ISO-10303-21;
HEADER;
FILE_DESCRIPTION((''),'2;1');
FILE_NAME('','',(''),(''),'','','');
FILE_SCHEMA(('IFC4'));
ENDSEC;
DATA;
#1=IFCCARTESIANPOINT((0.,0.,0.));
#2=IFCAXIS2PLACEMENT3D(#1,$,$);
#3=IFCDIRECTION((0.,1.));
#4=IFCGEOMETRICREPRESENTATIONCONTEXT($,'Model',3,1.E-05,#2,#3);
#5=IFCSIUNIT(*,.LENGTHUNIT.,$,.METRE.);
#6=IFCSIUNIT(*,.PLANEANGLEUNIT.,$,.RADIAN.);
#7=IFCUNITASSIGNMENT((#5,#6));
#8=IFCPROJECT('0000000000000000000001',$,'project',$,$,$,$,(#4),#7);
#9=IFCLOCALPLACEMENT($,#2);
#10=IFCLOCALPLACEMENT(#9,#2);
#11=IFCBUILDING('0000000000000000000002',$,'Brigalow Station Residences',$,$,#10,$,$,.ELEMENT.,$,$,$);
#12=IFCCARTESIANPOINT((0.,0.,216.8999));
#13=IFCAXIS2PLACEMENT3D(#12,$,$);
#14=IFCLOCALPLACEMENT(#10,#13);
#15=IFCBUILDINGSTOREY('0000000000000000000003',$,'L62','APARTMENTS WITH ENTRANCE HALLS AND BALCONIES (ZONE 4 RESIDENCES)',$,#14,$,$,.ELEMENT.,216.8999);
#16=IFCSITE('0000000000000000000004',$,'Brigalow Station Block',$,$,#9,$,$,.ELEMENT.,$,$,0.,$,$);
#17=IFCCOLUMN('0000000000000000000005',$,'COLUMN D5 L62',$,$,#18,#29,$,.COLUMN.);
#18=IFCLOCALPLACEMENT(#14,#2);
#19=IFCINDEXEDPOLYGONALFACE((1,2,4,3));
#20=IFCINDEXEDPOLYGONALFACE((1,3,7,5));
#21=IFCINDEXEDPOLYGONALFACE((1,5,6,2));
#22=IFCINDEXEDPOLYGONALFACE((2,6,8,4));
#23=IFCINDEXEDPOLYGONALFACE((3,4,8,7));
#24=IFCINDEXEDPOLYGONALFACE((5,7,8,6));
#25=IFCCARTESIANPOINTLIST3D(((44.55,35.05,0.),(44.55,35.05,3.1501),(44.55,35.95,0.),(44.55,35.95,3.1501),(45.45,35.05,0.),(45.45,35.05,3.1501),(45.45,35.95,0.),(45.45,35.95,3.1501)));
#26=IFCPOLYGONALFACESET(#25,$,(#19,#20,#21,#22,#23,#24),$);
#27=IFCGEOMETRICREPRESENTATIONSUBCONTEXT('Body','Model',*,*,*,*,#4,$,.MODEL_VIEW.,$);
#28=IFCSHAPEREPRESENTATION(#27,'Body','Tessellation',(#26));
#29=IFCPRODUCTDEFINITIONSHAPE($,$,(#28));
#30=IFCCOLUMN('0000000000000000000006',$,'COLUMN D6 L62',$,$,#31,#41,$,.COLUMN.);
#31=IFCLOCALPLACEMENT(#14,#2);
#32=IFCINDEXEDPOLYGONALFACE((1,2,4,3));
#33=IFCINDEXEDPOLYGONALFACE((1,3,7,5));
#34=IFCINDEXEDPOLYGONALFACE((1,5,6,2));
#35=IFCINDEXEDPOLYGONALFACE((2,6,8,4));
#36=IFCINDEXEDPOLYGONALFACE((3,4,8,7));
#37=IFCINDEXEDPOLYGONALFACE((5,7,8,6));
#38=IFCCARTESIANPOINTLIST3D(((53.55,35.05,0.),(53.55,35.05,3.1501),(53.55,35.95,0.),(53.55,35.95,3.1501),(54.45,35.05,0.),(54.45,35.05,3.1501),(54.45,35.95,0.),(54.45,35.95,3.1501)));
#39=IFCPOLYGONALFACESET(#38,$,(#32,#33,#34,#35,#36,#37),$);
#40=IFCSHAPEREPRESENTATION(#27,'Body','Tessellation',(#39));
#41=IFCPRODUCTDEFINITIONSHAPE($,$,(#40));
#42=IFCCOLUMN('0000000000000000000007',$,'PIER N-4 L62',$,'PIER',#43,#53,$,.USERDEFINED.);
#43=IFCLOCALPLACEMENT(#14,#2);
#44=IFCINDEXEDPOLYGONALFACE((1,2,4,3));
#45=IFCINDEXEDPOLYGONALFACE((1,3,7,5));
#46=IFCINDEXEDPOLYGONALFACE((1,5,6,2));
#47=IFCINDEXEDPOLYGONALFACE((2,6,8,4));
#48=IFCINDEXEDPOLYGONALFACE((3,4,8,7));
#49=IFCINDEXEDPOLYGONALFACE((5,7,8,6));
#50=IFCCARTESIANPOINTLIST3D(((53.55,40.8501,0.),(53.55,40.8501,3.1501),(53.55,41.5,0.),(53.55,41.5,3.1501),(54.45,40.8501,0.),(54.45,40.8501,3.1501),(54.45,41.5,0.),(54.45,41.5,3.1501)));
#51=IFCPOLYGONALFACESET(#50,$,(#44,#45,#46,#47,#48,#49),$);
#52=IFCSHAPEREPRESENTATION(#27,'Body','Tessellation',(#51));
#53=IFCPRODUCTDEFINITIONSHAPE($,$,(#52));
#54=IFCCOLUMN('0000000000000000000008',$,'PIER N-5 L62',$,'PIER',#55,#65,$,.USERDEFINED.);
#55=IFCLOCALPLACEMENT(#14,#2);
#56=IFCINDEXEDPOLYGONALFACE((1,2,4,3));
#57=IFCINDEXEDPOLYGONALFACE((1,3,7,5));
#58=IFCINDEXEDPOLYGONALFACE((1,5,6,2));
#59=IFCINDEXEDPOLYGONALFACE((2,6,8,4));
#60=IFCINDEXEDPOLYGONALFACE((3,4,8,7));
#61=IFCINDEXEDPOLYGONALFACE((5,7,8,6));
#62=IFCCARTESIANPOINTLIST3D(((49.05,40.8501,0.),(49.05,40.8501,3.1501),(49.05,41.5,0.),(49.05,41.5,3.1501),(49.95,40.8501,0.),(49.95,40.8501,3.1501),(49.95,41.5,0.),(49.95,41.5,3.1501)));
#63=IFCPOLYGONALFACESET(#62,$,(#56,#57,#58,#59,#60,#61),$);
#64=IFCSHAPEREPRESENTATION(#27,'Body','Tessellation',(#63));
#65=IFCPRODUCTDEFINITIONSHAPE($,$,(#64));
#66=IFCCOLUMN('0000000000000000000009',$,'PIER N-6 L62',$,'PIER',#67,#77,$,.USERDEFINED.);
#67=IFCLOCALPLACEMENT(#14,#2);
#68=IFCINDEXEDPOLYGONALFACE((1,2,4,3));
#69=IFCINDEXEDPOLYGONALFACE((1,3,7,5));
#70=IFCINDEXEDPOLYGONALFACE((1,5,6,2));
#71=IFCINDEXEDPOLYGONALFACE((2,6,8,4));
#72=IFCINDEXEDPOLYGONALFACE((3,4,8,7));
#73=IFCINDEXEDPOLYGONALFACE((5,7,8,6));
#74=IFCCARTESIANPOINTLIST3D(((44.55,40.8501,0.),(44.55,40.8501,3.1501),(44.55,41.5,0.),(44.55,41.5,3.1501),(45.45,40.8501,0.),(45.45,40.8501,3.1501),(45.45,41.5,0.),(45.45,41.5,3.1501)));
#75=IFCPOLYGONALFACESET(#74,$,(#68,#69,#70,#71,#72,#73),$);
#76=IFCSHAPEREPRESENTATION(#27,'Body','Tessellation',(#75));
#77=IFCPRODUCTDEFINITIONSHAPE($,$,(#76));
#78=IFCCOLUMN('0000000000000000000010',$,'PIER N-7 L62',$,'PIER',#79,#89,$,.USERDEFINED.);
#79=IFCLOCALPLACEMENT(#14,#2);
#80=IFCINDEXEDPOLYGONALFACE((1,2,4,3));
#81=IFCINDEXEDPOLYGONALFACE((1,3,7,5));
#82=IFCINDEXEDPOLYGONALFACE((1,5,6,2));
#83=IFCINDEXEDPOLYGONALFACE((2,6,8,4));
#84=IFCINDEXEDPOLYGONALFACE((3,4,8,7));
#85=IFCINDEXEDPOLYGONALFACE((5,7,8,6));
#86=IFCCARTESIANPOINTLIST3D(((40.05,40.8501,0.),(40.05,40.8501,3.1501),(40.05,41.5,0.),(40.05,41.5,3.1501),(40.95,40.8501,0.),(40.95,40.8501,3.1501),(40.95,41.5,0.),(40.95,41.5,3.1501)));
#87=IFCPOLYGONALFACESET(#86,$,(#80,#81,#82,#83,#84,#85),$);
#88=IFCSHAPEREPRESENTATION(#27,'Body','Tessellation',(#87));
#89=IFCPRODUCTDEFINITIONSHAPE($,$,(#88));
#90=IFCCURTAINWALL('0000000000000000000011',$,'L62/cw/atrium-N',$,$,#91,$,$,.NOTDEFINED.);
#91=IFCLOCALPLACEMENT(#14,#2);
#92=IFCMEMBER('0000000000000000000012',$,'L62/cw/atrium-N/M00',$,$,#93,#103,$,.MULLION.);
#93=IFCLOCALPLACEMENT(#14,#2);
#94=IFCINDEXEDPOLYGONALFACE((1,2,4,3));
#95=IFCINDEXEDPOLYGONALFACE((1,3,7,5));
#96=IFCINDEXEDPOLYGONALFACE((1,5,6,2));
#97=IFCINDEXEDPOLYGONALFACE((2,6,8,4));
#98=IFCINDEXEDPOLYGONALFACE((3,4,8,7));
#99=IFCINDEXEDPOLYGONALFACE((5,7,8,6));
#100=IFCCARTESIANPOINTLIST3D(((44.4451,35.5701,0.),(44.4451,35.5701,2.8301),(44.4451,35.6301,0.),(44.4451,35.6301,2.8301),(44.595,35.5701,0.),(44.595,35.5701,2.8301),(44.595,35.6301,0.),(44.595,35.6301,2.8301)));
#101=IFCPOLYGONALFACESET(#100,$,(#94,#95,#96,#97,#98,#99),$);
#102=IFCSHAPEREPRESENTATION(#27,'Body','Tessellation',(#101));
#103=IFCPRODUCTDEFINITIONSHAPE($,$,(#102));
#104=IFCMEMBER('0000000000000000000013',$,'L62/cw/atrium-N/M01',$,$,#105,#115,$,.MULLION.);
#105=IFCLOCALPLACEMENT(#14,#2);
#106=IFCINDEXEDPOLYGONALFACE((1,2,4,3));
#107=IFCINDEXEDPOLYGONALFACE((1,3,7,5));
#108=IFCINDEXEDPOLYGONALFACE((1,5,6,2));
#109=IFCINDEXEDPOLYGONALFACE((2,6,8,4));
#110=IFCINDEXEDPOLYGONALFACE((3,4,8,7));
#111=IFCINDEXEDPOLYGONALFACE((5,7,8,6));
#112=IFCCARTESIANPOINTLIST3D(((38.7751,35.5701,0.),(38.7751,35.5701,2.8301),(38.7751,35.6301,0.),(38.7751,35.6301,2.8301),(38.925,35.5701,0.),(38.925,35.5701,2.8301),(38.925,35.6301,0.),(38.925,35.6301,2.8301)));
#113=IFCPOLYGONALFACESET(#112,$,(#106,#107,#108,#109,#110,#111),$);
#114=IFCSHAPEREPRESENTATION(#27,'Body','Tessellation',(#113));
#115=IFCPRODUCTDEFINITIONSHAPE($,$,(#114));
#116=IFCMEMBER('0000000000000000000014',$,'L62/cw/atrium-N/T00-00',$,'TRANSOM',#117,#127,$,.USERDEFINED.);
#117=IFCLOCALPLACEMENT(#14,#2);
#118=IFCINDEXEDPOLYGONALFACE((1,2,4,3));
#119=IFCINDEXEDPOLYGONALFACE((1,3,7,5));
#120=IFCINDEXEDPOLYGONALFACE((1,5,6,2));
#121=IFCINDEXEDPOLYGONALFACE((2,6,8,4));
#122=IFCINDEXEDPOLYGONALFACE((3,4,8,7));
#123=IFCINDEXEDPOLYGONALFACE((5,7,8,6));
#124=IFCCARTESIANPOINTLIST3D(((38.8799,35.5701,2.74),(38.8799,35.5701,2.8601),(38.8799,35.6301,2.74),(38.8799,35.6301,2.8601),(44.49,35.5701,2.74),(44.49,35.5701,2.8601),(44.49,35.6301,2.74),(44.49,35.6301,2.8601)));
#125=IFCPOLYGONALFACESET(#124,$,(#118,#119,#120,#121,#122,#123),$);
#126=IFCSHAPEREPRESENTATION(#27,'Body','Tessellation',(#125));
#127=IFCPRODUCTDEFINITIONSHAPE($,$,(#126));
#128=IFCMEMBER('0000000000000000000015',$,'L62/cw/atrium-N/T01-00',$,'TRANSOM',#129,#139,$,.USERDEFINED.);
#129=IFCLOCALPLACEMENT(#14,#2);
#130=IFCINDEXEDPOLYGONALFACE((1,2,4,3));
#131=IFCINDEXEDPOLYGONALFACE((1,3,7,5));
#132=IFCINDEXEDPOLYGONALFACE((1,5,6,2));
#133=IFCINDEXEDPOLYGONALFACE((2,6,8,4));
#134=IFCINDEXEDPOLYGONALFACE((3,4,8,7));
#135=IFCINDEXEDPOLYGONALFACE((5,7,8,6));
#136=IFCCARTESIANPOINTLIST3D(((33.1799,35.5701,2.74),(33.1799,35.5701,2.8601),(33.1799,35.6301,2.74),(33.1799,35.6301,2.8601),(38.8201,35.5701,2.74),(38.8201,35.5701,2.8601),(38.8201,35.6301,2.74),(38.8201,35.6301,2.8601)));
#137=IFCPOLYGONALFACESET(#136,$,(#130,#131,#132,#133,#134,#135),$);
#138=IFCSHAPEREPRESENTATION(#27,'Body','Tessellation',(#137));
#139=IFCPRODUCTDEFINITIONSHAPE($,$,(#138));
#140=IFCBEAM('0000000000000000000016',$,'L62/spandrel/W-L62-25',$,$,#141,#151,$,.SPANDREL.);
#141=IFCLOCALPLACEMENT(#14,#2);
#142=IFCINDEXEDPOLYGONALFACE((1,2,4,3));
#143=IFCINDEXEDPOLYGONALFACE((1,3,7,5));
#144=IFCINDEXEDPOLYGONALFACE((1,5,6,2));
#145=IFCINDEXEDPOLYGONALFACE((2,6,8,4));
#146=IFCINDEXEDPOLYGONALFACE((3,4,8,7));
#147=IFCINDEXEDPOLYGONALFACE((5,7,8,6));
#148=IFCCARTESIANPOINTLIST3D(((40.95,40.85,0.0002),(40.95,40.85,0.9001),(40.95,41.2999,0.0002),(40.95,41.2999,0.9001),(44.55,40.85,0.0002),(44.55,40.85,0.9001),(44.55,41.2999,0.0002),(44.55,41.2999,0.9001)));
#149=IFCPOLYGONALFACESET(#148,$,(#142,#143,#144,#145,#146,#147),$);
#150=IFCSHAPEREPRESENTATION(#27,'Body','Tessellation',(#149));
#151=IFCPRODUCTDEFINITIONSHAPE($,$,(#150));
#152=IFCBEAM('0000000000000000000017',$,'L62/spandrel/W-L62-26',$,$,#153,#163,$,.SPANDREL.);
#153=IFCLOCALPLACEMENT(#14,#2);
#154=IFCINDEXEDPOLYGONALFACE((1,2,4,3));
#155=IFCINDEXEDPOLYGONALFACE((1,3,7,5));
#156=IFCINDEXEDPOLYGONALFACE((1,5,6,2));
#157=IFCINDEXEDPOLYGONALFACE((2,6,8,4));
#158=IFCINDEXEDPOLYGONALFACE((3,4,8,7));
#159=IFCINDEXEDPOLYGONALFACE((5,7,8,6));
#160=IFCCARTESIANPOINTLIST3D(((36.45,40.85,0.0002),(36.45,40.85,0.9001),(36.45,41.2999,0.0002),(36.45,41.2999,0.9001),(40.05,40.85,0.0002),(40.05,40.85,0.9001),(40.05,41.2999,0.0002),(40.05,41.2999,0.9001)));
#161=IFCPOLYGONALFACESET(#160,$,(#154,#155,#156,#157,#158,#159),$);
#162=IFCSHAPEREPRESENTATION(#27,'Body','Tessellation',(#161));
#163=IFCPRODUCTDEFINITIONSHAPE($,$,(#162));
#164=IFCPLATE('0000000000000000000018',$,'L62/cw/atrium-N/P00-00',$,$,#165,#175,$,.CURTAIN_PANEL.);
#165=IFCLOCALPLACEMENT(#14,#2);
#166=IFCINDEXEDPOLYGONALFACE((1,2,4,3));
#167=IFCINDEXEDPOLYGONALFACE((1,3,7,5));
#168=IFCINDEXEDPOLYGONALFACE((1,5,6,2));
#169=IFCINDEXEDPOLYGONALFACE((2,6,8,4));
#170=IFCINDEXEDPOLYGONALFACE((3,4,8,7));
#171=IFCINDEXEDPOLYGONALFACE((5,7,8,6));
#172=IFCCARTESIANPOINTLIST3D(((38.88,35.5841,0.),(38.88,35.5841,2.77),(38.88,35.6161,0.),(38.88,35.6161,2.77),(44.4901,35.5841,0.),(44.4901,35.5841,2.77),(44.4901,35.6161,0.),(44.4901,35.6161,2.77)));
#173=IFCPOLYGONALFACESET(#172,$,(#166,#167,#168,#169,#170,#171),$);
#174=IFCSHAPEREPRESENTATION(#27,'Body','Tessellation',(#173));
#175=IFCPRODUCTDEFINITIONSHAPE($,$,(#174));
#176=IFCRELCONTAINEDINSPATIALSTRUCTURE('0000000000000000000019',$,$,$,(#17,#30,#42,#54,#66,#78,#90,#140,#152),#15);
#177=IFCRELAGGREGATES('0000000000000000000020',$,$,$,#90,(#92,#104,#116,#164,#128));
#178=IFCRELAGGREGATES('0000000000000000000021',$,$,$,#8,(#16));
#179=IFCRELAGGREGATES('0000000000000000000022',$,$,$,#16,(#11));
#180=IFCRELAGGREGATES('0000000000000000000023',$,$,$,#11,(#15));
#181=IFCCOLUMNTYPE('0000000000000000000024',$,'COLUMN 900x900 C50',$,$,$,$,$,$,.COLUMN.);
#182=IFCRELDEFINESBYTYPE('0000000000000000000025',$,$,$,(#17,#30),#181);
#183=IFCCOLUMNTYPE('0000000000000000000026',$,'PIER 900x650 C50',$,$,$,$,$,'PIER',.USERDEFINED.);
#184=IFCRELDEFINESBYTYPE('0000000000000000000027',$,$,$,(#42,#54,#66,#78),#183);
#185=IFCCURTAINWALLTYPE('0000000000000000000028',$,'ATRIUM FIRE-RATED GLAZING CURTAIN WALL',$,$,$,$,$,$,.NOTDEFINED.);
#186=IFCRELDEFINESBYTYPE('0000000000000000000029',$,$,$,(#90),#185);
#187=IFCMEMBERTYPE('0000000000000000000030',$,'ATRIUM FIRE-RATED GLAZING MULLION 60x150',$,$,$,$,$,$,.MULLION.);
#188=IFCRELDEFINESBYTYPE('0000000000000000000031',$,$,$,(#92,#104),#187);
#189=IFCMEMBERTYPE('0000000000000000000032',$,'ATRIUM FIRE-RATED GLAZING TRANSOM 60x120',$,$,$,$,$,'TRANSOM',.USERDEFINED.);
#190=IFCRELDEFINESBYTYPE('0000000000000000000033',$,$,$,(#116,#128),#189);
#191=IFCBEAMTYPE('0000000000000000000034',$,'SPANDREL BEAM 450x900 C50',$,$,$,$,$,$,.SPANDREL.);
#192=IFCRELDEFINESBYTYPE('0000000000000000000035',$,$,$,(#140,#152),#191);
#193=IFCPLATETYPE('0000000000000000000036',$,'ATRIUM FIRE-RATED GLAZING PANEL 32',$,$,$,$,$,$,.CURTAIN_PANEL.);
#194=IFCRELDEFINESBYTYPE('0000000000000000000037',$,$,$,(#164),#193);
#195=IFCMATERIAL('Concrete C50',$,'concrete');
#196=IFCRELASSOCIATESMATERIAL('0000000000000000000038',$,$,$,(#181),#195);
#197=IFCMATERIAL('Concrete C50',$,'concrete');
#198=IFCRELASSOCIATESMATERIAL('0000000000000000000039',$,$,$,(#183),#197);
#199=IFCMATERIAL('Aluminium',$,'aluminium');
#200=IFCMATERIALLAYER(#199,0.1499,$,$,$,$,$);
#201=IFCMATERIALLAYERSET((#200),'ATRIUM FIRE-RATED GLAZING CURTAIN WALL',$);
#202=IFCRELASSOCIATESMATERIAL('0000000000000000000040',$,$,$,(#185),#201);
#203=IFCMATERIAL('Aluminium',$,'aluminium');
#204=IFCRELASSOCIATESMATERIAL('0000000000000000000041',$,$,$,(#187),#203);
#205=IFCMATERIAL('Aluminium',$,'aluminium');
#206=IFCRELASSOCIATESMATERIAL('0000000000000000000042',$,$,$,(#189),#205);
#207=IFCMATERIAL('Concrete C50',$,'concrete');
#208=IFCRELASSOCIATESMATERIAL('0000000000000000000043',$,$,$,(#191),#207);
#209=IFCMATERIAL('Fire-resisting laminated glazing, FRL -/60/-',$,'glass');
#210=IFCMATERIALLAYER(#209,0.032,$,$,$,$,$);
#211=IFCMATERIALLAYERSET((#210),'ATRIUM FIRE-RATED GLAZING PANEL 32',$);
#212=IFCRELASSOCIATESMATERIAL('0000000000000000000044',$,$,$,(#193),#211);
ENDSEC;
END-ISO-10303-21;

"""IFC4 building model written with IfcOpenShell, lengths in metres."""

from ifc_helpers import new_model, si_unit, direction, frame, origin, origin_2d, place, context, subcontext, project, spatial, rectangle, extrude, material, layer, layer_set, material_profile, profile_set, type_object, element, aggregate, save


model = new_model("IFC4")

# Units and contexts
model_context = context("Model", 3, precision=1e-05, world=origin(), true_north=direction((0.0, 1.0)))
body_context = subcontext(model_context, "Body", "Model", "MODEL_VIEW")
ifc_project = project(units=[si_unit("LENGTHUNIT", "METRE"), si_unit("PLANEANGLEUNIT", "RADIAN")], contexts=[model_context])

# Site, building, storey
site_placement = place(None, origin())
site = spatial("IfcSite", under=ifc_project, at=site_placement, Name="Brigalow Station Block", CompositionType="ELEMENT", RefElevation=0.0)
building_placement = place(site_placement, origin())
building = spatial("IfcBuilding", under=site, at=building_placement, Name="Brigalow Station Residences", CompositionType="ELEMENT")
storey_placement = place(building_placement, frame((0.0, 0.0, 216.8999)))
storey = spatial("IfcBuildingStorey", under=building, at=storey_placement, Name="L62", Description="APARTMENTS WITH ENTRANCE HALLS AND BALCONIES (ZONE 4 RESIDENCES)", CompositionType="ELEMENT", Elevation=216.8999)

# Columns
ifc_material_1 = material(Name="Concrete C50", Category="concrete")
ifc_material_profile_1 = material_profile(ifc_material_1, rectangle(XDim=0.8999, YDim=0.8999, at=origin_2d()), Name="RC900x900")
ifc_profile_set_1 = profile_set([ifc_material_profile_1], Name="Concrete C50")
column_type_1 = type_object("IfcColumnType", Name="COLUMN 900x900 C50", PredefinedType="COLUMN", material=ifc_profile_set_1)
for number, where, z_axis, x_axis, name in (
    (1, (45.0, 35.5, 0.0), (0.0, 0.0, 1.0), (1.0, 0.0, 0.0), "COLUMN D5 L62"),
    (2, (54.0, 35.5, 0.0), (0.0, 0.0, 1.0), (1.0, 0.0, 0.0), "COLUMN D6 L62"),
):
    element("IfcColumn", number, at=place(storey_placement, frame(where, z_axis=z_axis, x_axis=x_axis)), inside=storey, type_object=column_type_1, Name=name, PredefinedType="COLUMN", context=body_context, shape_type="SweptSolid", body=[
        extrude(rectangle(XDim=0.8999, YDim=0.8999, at=origin_2d()), origin(), (0.0, 0.0, 1.0), 3.1501),
    ])
ifc_material_2 = material(Name="Concrete C50", Category="concrete")
ifc_material_profile_2 = material_profile(ifc_material_2, rectangle(XDim=0.8999, YDim=0.6499, at=origin_2d()), Name="RC900x650")
ifc_profile_set_2 = profile_set([ifc_material_profile_2], Name="Concrete C50")
column_type_2 = type_object("IfcColumnType", Name="PIER 900x650 C50", ElementType="PIER", PredefinedType="USERDEFINED", material=ifc_profile_set_2)
for number, where, z_axis, x_axis, name in (
    (3, (54.0, 41.175, 0.0), (0.0, 0.0, 1.0), (-1.0, 0.0, 0.0), "PIER N-4 L62"),
    (4, (49.5, 41.175, 0.0), (0.0, 0.0, 1.0), (-1.0, 0.0, 0.0), "PIER N-5 L62"),
    (5, (45.0, 41.175, 0.0), (0.0, 0.0, 1.0), (-1.0, 0.0, 0.0), "PIER N-6 L62"),
    (6, (40.5, 41.175, 0.0), (0.0, 0.0, 1.0), (-1.0, 0.0, 0.0), "PIER N-7 L62"),
):
    element("IfcColumn", number, at=place(storey_placement, frame(where, z_axis=z_axis, x_axis=x_axis)), inside=storey, type_object=column_type_2, Name=name, ObjectType="PIER", PredefinedType="USERDEFINED", context=body_context, shape_type="SweptSolid", body=[
        extrude(rectangle(XDim=0.8999, YDim=0.6499, at=origin_2d()), origin(), (0.0, 0.0, 1.0), 3.1501),
    ])

# Curtain wall, members
ifc_material_3 = material(Name="Aluminium", Category="aluminium")
ifc_layer_1 = layer(ifc_material_3, 0.1499)
ifc_layer_set_1 = layer_set([ifc_layer_1], Name="ATRIUM FIRE-RATED GLAZING CURTAIN WALL")
curtain_wall_type = type_object("IfcCurtainWallType", Name="ATRIUM FIRE-RATED GLAZING CURTAIN WALL", PredefinedType="NOTDEFINED", material=ifc_layer_set_1)
curtain_wall_placement = place(storey_placement, origin())
curtain_wall = element("IfcCurtainWall", 7, at=curtain_wall_placement, inside=storey, type_object=curtain_wall_type, Name="L62/cw/atrium-N", PredefinedType="NOTDEFINED")
ifc_material_4 = material(Name="Aluminium", Category="aluminium")
ifc_material_profile_3 = material_profile(ifc_material_4, rectangle(XDim=0.0601, YDim=0.1499, at=origin_2d()), Name="ATRIUM FIRE-RATED GLAZING MULLION 60x150")
ifc_profile_set_3 = profile_set([ifc_material_profile_3], Name="Aluminium")
member_type_1 = type_object("IfcMemberType", Name="ATRIUM FIRE-RATED GLAZING MULLION 60x150", PredefinedType="MULLION", material=ifc_profile_set_3)
member_1_placement = place(storey_placement, frame((44.52, 35.6001, 0.0), z_axis=(0.0, 0.0, 1.0), x_axis=(0.0, -1.0, 0.0)))
member_1 = element("IfcMember", 8, at=member_1_placement, type_object=member_type_1, Name="L62/cw/atrium-N/M00", PredefinedType="MULLION", context=body_context, shape_type="SweptSolid", body=[
    extrude(rectangle(XDim=0.0601, YDim=0.1499, at=origin_2d()), origin(), (0.0, 0.0, 1.0), 2.8301),
])
member_2_placement = place(storey_placement, frame((38.8501, 35.6001, 0.0), z_axis=(0.0, 0.0, 1.0), x_axis=(0.0, -1.0, 0.0)))
member_2 = element("IfcMember", 9, at=member_2_placement, type_object=member_type_1, Name="L62/cw/atrium-N/M01", PredefinedType="MULLION", context=body_context, shape_type="SweptSolid", body=[
    extrude(rectangle(XDim=0.0601, YDim=0.1499, at=origin_2d()), origin(), (0.0, 0.0, 1.0), 2.8301),
])
ifc_material_5 = material(Name="Aluminium", Category="aluminium")
ifc_material_profile_4 = material_profile(ifc_material_5, rectangle(XDim=0.0601, YDim=0.1201, at=origin_2d()), Name="ATRIUM FIRE-RATED GLAZING TRANSOM 60x120")
ifc_profile_set_4 = profile_set([ifc_material_profile_4], Name="Aluminium")
member_type_2 = type_object("IfcMemberType", Name="ATRIUM FIRE-RATED GLAZING TRANSOM 60x120", ElementType="TRANSOM", PredefinedType="USERDEFINED", material=ifc_profile_set_4)
member_3_placement = place(storey_placement, frame((44.49, 35.6001, 2.8), z_axis=(-1.0, 0.0, 0.0), x_axis=(0.0, -1.0, 0.0)))
member_3 = element("IfcMember", 10, at=member_3_placement, type_object=member_type_2, Name="L62/cw/atrium-N/T00-00", ObjectType="TRANSOM", PredefinedType="USERDEFINED", context=body_context, shape_type="SweptSolid", body=[
    extrude(rectangle(XDim=0.0601, YDim=0.1201, at=origin_2d()), origin(), (0.0, 0.0, 1.0), 5.6101),
])
member_4_placement = place(storey_placement, frame((38.8201, 35.6001, 2.8), z_axis=(-1.0, 0.0, 0.0), x_axis=(0.0, -1.0, 0.0)))
member_4 = element("IfcMember", 11, at=member_4_placement, type_object=member_type_2, Name="L62/cw/atrium-N/T01-00", ObjectType="TRANSOM", PredefinedType="USERDEFINED", context=body_context, shape_type="SweptSolid", body=[
    extrude(rectangle(XDim=0.0601, YDim=0.1201, at=origin_2d()), origin(), (0.0, 0.0, 1.0), 5.6401),
])

# Beams
ifc_material_6 = material(Name="Concrete C50", Category="concrete")
ifc_material_profile_5 = material_profile(ifc_material_6, rectangle(XDim=0.45, YDim=0.8999, at=origin_2d()), Name="RC450x900")
ifc_profile_set_5 = profile_set([ifc_material_profile_5], Name="Concrete C50")
beam_type = type_object("IfcBeamType", Name="SPANDREL BEAM 450x900 C50", PredefinedType="SPANDREL", material=ifc_profile_set_5)
for number, where, z_axis, x_axis, name in (
    (12, (44.55, 41.075, 0.4502), (-1.0, 0.0, 0.0), (0.0, -1.0, 0.0), "L62/spandrel/W-L62-25"),
    (13, (40.05, 41.075, 0.4502), (-1.0, 0.0, 0.0), (0.0, -1.0, 0.0), "L62/spandrel/W-L62-26"),
):
    element("IfcBeam", number, at=place(storey_placement, frame(where, z_axis=z_axis, x_axis=x_axis)), inside=storey, type_object=beam_type, Name=name, PredefinedType="SPANDREL", context=body_context, shape_type="SweptSolid", body=[
        extrude(rectangle(XDim=0.45, YDim=0.8999, at=origin_2d()), origin(), (0.0, 0.0, 1.0), 3.6001),
    ])

# Plate
ifc_material_7 = material(Name="Fire-resisting laminated glazing, FRL -/60/-", Category="glass")
ifc_layer_2 = layer(ifc_material_7, 0.032)
ifc_layer_set_2 = layer_set([ifc_layer_2], Name="ATRIUM FIRE-RATED GLAZING PANEL 32")
plate_type = type_object("IfcPlateType", Name="ATRIUM FIRE-RATED GLAZING PANEL 32", PredefinedType="CURTAIN_PANEL", material=ifc_layer_set_2)
plate_placement = place(storey_placement, frame((41.6851, 35.6001, 0.0), z_axis=(0.0, 0.0, 1.0), x_axis=(-1.0, 0.0, 0.0)))
plate = element("IfcPlate", 14, at=plate_placement, type_object=plate_type, Name="L62/cw/atrium-N/P00-00", PredefinedType="CURTAIN_PANEL", context=body_context, shape_type="SweptSolid", body=[
    extrude(rectangle(XDim=5.6101, YDim=0.032, at=origin_2d()), origin(), (0.0, 0.0, 1.0), 2.77),
])
aggregate(curtain_wall, [member_1, member_2, member_3, plate, member_4])

save(model, "model.ifc")
